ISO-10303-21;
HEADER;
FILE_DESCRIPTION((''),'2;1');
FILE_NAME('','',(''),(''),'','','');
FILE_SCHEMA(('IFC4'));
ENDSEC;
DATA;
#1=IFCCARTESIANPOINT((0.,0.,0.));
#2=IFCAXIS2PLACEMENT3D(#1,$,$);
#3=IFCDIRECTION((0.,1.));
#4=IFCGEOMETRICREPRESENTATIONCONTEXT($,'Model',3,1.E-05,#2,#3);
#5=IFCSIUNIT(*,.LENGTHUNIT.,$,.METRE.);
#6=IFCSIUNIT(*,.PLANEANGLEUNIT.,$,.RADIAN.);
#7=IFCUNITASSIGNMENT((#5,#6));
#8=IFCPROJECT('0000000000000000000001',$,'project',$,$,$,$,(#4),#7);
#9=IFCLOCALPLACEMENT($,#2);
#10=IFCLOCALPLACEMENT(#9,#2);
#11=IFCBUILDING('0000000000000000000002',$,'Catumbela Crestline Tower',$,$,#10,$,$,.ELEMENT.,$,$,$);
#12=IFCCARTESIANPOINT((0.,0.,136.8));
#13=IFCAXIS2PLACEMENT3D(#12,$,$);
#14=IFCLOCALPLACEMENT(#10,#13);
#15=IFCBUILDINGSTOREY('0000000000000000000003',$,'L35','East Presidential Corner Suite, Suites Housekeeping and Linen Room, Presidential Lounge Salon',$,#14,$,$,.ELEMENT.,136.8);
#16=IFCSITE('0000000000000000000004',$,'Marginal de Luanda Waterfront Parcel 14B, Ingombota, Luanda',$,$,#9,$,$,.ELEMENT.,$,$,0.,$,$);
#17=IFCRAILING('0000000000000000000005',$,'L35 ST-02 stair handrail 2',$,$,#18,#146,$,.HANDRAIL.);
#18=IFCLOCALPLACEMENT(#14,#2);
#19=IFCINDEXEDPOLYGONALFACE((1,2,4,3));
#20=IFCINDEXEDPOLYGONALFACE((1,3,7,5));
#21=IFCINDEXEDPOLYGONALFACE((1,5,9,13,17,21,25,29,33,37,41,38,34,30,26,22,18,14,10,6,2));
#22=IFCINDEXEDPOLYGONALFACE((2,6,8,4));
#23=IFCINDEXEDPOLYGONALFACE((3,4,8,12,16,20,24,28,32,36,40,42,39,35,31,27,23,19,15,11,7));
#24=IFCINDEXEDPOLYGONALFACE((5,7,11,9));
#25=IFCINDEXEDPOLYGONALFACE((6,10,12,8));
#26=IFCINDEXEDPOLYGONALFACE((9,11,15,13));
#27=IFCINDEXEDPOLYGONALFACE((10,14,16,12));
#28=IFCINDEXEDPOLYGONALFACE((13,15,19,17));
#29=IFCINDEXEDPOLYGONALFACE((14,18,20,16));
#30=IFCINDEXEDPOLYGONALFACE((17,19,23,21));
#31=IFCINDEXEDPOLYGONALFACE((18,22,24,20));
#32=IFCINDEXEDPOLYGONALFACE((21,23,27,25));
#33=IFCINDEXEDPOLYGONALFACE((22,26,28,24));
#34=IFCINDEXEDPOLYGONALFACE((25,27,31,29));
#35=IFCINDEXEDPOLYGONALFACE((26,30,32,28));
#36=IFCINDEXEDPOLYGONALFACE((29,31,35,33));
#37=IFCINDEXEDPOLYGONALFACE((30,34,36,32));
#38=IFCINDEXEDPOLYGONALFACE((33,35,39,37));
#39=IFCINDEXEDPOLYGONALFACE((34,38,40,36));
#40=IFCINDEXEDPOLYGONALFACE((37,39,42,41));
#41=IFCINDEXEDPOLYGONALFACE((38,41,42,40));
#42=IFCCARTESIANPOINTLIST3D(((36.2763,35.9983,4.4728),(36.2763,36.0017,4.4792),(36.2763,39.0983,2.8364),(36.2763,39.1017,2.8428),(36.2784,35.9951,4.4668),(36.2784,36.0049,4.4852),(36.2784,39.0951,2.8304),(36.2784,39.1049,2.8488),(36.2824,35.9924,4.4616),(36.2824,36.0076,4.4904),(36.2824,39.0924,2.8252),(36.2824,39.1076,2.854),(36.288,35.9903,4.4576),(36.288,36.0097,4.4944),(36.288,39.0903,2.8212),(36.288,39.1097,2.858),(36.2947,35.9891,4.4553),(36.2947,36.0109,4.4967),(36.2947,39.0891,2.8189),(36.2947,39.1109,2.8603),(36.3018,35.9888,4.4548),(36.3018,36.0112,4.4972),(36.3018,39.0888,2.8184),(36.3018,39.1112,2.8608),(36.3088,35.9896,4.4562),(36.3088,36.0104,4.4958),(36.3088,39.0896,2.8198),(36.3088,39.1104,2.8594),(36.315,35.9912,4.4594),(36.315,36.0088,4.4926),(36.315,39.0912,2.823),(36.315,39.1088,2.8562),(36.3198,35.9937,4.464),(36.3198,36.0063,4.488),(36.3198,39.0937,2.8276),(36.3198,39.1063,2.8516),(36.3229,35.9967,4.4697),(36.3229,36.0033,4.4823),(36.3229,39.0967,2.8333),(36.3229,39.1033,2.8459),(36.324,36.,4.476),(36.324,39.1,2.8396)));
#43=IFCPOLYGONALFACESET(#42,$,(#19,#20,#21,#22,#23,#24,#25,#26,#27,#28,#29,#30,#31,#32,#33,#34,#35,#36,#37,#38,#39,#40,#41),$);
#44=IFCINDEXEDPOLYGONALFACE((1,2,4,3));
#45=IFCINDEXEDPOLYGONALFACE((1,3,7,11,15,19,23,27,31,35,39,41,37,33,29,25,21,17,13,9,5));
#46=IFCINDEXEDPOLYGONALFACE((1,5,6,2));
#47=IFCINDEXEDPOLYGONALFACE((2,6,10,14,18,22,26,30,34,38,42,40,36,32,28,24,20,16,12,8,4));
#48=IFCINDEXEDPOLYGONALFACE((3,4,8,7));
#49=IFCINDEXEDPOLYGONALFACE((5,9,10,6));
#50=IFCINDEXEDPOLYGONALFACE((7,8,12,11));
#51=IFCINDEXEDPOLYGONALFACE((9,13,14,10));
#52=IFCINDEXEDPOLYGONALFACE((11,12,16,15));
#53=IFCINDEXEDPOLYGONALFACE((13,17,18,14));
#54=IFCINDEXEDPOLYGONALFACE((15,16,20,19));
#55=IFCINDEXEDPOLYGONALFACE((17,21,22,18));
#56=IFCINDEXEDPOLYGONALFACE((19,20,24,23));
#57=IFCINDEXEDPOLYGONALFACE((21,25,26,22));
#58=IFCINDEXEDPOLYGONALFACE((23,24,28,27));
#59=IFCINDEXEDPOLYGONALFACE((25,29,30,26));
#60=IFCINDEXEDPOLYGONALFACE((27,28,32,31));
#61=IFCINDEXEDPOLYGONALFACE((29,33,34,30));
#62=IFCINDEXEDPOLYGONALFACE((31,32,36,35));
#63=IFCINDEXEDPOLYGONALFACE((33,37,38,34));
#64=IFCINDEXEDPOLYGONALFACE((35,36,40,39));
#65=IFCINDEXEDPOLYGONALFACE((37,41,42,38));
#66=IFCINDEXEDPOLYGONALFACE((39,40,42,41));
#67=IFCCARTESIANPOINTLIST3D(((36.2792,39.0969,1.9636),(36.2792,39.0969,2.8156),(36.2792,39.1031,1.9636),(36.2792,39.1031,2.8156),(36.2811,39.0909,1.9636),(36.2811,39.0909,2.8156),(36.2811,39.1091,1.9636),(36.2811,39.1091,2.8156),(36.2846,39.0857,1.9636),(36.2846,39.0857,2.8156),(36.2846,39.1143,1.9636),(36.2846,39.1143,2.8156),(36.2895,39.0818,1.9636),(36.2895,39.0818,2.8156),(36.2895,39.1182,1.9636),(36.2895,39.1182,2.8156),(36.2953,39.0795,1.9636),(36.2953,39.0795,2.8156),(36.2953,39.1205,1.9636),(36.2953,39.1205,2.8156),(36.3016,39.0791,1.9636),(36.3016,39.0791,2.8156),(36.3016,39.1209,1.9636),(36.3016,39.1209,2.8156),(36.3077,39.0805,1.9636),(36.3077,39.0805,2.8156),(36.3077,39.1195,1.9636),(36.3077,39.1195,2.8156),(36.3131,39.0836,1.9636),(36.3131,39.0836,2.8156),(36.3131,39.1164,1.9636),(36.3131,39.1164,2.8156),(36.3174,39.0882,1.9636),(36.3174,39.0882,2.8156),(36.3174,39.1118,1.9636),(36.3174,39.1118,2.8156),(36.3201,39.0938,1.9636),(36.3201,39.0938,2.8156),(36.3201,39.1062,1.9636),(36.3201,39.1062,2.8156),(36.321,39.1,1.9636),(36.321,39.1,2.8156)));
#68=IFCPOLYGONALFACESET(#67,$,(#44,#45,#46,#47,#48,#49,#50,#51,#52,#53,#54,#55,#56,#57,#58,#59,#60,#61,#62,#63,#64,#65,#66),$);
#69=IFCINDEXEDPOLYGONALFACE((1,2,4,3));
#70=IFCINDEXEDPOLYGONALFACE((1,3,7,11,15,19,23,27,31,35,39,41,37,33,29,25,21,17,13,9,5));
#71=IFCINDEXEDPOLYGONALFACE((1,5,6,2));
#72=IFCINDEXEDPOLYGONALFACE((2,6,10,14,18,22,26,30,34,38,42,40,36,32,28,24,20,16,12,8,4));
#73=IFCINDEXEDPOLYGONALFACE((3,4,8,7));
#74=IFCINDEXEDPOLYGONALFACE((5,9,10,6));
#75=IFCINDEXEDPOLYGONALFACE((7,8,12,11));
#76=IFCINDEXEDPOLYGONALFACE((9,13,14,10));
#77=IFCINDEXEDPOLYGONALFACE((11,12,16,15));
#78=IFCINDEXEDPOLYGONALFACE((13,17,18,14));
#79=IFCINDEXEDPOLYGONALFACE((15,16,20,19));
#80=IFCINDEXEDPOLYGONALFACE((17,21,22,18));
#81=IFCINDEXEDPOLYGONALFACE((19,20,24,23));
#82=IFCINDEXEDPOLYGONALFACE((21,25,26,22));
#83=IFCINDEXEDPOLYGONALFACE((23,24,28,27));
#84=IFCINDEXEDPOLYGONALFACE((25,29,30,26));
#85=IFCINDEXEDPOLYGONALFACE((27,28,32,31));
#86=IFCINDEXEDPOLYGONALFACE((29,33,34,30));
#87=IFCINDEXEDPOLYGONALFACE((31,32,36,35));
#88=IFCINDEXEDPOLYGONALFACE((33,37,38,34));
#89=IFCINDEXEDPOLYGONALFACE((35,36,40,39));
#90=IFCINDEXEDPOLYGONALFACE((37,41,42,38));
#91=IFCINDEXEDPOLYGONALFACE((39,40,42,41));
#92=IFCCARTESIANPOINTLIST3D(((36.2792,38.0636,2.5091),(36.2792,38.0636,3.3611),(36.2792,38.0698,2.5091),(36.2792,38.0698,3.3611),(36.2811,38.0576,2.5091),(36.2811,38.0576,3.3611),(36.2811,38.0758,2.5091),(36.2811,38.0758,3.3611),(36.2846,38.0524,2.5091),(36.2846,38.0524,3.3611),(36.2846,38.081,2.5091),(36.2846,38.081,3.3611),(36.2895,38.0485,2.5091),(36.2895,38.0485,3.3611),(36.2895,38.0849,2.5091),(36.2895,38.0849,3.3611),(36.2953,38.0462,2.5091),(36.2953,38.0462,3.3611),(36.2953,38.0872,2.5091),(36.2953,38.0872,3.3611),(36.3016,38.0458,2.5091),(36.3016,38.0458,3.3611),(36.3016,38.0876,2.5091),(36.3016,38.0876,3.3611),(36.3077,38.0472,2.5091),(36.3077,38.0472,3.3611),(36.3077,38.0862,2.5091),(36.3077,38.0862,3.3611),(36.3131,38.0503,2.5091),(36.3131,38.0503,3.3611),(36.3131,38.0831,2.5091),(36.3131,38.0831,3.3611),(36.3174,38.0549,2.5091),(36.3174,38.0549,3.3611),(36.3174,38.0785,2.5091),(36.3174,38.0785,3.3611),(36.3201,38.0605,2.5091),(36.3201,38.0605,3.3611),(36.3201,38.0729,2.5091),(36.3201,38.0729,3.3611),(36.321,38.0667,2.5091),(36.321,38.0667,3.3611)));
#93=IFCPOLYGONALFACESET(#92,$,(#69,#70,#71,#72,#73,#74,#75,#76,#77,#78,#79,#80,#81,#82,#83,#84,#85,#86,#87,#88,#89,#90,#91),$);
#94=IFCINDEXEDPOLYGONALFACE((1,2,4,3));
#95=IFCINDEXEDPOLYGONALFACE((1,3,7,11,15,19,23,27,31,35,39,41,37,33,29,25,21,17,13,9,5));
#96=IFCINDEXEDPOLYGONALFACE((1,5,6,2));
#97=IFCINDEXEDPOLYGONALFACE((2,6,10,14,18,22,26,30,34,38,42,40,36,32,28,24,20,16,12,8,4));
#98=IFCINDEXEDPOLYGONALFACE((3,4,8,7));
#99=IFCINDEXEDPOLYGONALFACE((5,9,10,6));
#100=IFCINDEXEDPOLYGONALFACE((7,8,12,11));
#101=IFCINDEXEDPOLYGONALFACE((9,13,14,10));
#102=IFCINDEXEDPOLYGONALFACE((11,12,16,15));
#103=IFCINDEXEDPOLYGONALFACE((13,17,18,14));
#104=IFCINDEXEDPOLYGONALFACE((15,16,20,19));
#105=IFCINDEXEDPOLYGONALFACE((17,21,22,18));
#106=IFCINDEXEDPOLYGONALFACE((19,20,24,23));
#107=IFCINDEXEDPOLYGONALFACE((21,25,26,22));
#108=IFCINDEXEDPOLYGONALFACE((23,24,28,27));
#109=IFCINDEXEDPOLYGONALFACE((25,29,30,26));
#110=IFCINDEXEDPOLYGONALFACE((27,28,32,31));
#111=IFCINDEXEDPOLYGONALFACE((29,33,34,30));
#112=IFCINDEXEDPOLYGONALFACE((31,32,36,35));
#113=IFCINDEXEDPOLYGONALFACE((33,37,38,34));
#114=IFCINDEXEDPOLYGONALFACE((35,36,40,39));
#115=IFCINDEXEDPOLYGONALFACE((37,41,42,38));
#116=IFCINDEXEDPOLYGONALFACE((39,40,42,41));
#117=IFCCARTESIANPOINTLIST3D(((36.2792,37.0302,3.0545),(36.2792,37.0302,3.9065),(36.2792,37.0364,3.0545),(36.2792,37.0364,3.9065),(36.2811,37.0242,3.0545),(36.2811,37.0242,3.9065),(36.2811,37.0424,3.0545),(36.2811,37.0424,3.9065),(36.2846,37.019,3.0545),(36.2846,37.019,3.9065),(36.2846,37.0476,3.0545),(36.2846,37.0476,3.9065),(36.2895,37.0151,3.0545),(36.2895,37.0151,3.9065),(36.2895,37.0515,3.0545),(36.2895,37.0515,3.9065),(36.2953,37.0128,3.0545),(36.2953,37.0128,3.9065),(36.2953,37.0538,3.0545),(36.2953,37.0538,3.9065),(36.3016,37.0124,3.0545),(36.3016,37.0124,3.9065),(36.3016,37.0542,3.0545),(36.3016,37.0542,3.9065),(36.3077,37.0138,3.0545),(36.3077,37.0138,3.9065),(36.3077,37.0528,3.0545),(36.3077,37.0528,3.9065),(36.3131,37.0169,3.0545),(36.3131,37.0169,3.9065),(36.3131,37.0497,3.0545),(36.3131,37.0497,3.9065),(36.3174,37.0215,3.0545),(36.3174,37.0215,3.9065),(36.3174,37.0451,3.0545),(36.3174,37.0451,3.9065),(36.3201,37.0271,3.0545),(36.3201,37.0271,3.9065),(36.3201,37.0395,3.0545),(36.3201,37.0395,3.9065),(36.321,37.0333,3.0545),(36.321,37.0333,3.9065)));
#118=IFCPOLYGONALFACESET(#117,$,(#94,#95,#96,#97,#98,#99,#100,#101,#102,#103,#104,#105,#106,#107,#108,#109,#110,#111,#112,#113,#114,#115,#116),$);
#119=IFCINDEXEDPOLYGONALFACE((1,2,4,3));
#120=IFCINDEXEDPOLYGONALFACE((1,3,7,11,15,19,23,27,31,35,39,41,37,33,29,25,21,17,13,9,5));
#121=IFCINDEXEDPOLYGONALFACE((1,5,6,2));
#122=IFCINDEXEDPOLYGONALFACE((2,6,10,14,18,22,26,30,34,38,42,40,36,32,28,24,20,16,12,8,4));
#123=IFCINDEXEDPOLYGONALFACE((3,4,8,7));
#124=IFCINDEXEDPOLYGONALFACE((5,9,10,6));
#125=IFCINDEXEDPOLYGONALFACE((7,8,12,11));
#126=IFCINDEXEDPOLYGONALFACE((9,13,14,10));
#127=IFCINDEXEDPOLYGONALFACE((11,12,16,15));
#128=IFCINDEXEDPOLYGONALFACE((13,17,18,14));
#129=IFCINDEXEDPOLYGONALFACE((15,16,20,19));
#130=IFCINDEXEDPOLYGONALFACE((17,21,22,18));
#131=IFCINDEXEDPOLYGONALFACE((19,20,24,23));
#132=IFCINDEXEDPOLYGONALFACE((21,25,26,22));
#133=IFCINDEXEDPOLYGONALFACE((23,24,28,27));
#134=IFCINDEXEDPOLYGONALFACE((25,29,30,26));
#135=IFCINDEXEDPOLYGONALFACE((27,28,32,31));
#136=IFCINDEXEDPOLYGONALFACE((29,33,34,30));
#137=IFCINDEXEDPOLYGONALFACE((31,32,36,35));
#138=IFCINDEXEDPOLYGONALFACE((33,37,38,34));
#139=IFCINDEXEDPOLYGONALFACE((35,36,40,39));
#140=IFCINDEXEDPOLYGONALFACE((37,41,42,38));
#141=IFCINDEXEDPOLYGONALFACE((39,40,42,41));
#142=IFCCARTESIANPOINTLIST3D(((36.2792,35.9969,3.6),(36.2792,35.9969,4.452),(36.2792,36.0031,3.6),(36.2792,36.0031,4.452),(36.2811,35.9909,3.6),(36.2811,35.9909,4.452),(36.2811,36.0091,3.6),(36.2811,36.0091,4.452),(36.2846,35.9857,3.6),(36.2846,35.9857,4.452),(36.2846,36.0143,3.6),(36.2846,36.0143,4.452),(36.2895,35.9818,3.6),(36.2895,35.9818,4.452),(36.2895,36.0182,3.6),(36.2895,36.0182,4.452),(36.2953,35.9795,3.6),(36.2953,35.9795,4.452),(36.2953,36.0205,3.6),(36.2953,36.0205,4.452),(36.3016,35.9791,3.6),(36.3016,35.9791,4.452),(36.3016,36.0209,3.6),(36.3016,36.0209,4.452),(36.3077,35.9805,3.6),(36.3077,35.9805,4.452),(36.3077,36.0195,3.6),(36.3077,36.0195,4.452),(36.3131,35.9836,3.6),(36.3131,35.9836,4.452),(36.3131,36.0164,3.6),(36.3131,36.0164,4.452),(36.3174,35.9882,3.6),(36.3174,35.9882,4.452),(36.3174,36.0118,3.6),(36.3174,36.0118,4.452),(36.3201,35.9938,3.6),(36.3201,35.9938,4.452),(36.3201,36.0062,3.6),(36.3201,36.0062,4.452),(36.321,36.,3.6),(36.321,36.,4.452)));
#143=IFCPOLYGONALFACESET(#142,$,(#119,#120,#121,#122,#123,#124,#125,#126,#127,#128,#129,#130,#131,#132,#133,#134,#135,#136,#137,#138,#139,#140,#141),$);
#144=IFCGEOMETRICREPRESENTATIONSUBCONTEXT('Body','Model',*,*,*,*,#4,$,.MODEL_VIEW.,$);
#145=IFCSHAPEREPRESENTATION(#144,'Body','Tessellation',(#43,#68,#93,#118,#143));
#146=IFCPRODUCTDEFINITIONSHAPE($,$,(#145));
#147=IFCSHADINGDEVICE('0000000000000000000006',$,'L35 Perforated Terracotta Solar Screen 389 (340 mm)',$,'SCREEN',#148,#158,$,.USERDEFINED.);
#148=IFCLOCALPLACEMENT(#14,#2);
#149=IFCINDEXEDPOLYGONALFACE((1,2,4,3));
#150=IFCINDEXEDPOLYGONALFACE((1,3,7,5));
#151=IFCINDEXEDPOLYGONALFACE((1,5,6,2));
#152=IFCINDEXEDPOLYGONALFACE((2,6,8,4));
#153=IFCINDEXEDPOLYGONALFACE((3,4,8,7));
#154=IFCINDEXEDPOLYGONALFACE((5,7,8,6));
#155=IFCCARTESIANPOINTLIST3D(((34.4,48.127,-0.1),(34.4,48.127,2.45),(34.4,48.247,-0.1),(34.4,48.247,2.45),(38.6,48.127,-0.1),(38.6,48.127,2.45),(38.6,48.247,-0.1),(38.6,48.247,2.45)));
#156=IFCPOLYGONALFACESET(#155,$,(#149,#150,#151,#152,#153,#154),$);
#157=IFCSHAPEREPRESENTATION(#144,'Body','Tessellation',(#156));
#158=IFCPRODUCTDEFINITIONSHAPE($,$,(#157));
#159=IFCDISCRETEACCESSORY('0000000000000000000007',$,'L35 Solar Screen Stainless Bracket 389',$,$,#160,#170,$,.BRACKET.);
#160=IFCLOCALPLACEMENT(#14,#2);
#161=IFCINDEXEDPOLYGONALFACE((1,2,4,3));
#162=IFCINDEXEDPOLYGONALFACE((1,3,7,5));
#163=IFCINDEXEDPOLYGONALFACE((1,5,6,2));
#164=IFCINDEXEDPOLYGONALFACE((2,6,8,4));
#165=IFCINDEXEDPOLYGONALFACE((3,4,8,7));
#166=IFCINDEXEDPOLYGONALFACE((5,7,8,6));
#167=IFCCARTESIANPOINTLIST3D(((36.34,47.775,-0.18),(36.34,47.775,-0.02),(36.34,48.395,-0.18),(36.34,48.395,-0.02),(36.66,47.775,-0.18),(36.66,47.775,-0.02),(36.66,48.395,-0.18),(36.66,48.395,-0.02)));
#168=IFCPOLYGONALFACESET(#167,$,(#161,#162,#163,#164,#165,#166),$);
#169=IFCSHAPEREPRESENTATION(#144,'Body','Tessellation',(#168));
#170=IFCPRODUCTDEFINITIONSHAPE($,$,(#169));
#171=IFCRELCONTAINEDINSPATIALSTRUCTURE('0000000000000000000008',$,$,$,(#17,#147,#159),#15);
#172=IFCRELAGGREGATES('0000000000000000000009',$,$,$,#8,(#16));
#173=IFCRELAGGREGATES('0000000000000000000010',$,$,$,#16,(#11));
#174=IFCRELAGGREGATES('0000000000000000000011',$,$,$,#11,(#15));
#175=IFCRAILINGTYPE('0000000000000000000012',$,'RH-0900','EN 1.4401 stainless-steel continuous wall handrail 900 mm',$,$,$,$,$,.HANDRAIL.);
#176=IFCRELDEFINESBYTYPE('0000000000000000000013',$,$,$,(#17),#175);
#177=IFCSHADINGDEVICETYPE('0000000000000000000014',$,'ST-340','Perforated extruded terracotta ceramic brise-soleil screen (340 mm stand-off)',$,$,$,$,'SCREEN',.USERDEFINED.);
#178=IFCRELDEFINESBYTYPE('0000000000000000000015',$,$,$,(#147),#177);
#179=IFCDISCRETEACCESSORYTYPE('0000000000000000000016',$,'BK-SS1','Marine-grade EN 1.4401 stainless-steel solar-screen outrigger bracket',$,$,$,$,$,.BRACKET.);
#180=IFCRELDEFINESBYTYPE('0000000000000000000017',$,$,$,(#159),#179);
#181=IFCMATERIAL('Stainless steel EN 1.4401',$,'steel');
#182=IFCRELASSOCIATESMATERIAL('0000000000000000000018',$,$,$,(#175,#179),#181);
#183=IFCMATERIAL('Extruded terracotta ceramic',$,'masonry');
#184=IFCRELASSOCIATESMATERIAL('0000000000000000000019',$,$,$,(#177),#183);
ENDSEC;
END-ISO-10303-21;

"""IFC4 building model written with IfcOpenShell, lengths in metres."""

from ifc_helpers import new_model, si_unit, direction, frame, origin, origin_2d, place, context, subcontext, project, spatial, rectangle, circle, extrude, material, type_object, element, save


model = new_model("IFC4")

# Units and contexts
model_context = context("Model", 3, precision=1e-05, world=origin(), true_north=direction((0.0, 1.0)))
body_context = subcontext(model_context, "Body", "Model", "MODEL_VIEW")
ifc_project = project(units=[si_unit("LENGTHUNIT", "METRE"), si_unit("PLANEANGLEUNIT", "RADIAN")], contexts=[model_context])

# Site, building, storey
site_placement = place(None, origin())
site = spatial("IfcSite", under=ifc_project, at=site_placement, Name="Marginal de Luanda Waterfront Parcel 14B, Ingombota, Luanda", CompositionType="ELEMENT", RefElevation=0.0)
building_placement = place(site_placement, origin())
building = spatial("IfcBuilding", under=site, at=building_placement, Name="Catumbela Crestline Tower", CompositionType="ELEMENT")
storey_placement = place(building_placement, frame((0.0, 0.0, 136.8)))
storey = spatial("IfcBuildingStorey", under=building, at=storey_placement, Name="L35", Description="East Presidential Corner Suite, Suites Housekeeping and Linen Room, Presidential Lounge Salon", CompositionType="ELEMENT", Elevation=136.8)

# Shared definitions
ifc_material_1 = material(Name="Stainless steel EN 1.4401", Category="steel")

# Railing
railing_type_1 = type_object("IfcRailingType", Name="RH-0900", Description="EN 1.4401 stainless-steel continuous wall handrail 900 mm", PredefinedType="HANDRAIL", material=ifc_material_1)
railing_1_placement = place(storey_placement, frame((36.3, 39.1, 1.9636)))
element("IfcRailing", 1, at=railing_1_placement, inside=storey, type_object=railing_type_1, Name="L35 ST-02 stair handrail 2", PredefinedType="HANDRAIL", context=body_context, shape_type="SweptSolid", body=[
    extrude(circle(Radius=0.024, at=origin_2d()), frame((0.0, 0.0, 0.876), z_axis=(0.0, -0.884351, 0.466823), x_axis=(1.0, 0.0, 0.0)), (0.0, 0.0, 1.0), 3.5054),
    extrude(circle(Radius=0.021, at=origin_2d()), origin(), (0.0, 0.0, 1.0), 0.852),
    extrude(circle(Radius=0.021, at=origin_2d()), frame((0.0, -1.0333, 0.5455)), (0.0, 0.0, 1.0), 0.852),
    extrude(circle(Radius=0.021, at=origin_2d()), frame((0.0, -2.0667, 1.0909)), (0.0, 0.0, 1.0), 0.852),
    extrude(circle(Radius=0.021, at=origin_2d()), frame((0.0, -3.1, 1.6364)), (0.0, 0.0, 1.0), 0.852),
])

# Shading device
ifc_material_2 = material(Name="Extruded terracotta ceramic", Category="masonry")
shading_device_type = type_object("IfcShadingDeviceType", Name="ST-340", Description="Perforated extruded terracotta ceramic brise-soleil screen (340 mm stand-off)", ElementType="SCREEN", PredefinedType="USERDEFINED", material=ifc_material_2)
shading_device_placement = place(storey_placement, frame((36.5, 48.187, -0.1), z_axis=(0.0, 0.0, 1.0), x_axis=(-1.0, 0.0, 0.0)))
element("IfcShadingDevice", 2, at=shading_device_placement, inside=storey, type_object=shading_device_type, Name="L35 Perforated Terracotta Solar Screen 389 (340 mm)", ObjectType="SCREEN", PredefinedType="USERDEFINED", context=body_context, shape_type="SweptSolid", body=[
    extrude(rectangle(XDim=4.2, YDim=0.12, at=origin_2d()), origin(), (0.0, 0.0, 1.0), 2.55),
])

# Discrete accessory
discrete_accessory_type = type_object("IfcDiscreteAccessoryType", Name="BK-SS1", Description="Marine-grade EN 1.4401 stainless-steel solar-screen outrigger bracket", PredefinedType="BRACKET", material=ifc_material_1)
discrete_accessory_placement = place(storey_placement, frame((36.5, 48.085, -0.18), z_axis=(0.0, 0.0, 1.0), x_axis=(-1.0, 0.0, 0.0)))
element("IfcDiscreteAccessory", 3, at=discrete_accessory_placement, inside=storey, type_object=discrete_accessory_type, Name="L35 Solar Screen Stainless Bracket 389", PredefinedType="BRACKET", context=body_context, shape_type="SweptSolid", body=[
    extrude(rectangle(XDim=0.32, YDim=0.62, at=origin_2d()), origin(), (0.0, 0.0, 1.0), 0.16),
])

save(model, "model.ifc")
